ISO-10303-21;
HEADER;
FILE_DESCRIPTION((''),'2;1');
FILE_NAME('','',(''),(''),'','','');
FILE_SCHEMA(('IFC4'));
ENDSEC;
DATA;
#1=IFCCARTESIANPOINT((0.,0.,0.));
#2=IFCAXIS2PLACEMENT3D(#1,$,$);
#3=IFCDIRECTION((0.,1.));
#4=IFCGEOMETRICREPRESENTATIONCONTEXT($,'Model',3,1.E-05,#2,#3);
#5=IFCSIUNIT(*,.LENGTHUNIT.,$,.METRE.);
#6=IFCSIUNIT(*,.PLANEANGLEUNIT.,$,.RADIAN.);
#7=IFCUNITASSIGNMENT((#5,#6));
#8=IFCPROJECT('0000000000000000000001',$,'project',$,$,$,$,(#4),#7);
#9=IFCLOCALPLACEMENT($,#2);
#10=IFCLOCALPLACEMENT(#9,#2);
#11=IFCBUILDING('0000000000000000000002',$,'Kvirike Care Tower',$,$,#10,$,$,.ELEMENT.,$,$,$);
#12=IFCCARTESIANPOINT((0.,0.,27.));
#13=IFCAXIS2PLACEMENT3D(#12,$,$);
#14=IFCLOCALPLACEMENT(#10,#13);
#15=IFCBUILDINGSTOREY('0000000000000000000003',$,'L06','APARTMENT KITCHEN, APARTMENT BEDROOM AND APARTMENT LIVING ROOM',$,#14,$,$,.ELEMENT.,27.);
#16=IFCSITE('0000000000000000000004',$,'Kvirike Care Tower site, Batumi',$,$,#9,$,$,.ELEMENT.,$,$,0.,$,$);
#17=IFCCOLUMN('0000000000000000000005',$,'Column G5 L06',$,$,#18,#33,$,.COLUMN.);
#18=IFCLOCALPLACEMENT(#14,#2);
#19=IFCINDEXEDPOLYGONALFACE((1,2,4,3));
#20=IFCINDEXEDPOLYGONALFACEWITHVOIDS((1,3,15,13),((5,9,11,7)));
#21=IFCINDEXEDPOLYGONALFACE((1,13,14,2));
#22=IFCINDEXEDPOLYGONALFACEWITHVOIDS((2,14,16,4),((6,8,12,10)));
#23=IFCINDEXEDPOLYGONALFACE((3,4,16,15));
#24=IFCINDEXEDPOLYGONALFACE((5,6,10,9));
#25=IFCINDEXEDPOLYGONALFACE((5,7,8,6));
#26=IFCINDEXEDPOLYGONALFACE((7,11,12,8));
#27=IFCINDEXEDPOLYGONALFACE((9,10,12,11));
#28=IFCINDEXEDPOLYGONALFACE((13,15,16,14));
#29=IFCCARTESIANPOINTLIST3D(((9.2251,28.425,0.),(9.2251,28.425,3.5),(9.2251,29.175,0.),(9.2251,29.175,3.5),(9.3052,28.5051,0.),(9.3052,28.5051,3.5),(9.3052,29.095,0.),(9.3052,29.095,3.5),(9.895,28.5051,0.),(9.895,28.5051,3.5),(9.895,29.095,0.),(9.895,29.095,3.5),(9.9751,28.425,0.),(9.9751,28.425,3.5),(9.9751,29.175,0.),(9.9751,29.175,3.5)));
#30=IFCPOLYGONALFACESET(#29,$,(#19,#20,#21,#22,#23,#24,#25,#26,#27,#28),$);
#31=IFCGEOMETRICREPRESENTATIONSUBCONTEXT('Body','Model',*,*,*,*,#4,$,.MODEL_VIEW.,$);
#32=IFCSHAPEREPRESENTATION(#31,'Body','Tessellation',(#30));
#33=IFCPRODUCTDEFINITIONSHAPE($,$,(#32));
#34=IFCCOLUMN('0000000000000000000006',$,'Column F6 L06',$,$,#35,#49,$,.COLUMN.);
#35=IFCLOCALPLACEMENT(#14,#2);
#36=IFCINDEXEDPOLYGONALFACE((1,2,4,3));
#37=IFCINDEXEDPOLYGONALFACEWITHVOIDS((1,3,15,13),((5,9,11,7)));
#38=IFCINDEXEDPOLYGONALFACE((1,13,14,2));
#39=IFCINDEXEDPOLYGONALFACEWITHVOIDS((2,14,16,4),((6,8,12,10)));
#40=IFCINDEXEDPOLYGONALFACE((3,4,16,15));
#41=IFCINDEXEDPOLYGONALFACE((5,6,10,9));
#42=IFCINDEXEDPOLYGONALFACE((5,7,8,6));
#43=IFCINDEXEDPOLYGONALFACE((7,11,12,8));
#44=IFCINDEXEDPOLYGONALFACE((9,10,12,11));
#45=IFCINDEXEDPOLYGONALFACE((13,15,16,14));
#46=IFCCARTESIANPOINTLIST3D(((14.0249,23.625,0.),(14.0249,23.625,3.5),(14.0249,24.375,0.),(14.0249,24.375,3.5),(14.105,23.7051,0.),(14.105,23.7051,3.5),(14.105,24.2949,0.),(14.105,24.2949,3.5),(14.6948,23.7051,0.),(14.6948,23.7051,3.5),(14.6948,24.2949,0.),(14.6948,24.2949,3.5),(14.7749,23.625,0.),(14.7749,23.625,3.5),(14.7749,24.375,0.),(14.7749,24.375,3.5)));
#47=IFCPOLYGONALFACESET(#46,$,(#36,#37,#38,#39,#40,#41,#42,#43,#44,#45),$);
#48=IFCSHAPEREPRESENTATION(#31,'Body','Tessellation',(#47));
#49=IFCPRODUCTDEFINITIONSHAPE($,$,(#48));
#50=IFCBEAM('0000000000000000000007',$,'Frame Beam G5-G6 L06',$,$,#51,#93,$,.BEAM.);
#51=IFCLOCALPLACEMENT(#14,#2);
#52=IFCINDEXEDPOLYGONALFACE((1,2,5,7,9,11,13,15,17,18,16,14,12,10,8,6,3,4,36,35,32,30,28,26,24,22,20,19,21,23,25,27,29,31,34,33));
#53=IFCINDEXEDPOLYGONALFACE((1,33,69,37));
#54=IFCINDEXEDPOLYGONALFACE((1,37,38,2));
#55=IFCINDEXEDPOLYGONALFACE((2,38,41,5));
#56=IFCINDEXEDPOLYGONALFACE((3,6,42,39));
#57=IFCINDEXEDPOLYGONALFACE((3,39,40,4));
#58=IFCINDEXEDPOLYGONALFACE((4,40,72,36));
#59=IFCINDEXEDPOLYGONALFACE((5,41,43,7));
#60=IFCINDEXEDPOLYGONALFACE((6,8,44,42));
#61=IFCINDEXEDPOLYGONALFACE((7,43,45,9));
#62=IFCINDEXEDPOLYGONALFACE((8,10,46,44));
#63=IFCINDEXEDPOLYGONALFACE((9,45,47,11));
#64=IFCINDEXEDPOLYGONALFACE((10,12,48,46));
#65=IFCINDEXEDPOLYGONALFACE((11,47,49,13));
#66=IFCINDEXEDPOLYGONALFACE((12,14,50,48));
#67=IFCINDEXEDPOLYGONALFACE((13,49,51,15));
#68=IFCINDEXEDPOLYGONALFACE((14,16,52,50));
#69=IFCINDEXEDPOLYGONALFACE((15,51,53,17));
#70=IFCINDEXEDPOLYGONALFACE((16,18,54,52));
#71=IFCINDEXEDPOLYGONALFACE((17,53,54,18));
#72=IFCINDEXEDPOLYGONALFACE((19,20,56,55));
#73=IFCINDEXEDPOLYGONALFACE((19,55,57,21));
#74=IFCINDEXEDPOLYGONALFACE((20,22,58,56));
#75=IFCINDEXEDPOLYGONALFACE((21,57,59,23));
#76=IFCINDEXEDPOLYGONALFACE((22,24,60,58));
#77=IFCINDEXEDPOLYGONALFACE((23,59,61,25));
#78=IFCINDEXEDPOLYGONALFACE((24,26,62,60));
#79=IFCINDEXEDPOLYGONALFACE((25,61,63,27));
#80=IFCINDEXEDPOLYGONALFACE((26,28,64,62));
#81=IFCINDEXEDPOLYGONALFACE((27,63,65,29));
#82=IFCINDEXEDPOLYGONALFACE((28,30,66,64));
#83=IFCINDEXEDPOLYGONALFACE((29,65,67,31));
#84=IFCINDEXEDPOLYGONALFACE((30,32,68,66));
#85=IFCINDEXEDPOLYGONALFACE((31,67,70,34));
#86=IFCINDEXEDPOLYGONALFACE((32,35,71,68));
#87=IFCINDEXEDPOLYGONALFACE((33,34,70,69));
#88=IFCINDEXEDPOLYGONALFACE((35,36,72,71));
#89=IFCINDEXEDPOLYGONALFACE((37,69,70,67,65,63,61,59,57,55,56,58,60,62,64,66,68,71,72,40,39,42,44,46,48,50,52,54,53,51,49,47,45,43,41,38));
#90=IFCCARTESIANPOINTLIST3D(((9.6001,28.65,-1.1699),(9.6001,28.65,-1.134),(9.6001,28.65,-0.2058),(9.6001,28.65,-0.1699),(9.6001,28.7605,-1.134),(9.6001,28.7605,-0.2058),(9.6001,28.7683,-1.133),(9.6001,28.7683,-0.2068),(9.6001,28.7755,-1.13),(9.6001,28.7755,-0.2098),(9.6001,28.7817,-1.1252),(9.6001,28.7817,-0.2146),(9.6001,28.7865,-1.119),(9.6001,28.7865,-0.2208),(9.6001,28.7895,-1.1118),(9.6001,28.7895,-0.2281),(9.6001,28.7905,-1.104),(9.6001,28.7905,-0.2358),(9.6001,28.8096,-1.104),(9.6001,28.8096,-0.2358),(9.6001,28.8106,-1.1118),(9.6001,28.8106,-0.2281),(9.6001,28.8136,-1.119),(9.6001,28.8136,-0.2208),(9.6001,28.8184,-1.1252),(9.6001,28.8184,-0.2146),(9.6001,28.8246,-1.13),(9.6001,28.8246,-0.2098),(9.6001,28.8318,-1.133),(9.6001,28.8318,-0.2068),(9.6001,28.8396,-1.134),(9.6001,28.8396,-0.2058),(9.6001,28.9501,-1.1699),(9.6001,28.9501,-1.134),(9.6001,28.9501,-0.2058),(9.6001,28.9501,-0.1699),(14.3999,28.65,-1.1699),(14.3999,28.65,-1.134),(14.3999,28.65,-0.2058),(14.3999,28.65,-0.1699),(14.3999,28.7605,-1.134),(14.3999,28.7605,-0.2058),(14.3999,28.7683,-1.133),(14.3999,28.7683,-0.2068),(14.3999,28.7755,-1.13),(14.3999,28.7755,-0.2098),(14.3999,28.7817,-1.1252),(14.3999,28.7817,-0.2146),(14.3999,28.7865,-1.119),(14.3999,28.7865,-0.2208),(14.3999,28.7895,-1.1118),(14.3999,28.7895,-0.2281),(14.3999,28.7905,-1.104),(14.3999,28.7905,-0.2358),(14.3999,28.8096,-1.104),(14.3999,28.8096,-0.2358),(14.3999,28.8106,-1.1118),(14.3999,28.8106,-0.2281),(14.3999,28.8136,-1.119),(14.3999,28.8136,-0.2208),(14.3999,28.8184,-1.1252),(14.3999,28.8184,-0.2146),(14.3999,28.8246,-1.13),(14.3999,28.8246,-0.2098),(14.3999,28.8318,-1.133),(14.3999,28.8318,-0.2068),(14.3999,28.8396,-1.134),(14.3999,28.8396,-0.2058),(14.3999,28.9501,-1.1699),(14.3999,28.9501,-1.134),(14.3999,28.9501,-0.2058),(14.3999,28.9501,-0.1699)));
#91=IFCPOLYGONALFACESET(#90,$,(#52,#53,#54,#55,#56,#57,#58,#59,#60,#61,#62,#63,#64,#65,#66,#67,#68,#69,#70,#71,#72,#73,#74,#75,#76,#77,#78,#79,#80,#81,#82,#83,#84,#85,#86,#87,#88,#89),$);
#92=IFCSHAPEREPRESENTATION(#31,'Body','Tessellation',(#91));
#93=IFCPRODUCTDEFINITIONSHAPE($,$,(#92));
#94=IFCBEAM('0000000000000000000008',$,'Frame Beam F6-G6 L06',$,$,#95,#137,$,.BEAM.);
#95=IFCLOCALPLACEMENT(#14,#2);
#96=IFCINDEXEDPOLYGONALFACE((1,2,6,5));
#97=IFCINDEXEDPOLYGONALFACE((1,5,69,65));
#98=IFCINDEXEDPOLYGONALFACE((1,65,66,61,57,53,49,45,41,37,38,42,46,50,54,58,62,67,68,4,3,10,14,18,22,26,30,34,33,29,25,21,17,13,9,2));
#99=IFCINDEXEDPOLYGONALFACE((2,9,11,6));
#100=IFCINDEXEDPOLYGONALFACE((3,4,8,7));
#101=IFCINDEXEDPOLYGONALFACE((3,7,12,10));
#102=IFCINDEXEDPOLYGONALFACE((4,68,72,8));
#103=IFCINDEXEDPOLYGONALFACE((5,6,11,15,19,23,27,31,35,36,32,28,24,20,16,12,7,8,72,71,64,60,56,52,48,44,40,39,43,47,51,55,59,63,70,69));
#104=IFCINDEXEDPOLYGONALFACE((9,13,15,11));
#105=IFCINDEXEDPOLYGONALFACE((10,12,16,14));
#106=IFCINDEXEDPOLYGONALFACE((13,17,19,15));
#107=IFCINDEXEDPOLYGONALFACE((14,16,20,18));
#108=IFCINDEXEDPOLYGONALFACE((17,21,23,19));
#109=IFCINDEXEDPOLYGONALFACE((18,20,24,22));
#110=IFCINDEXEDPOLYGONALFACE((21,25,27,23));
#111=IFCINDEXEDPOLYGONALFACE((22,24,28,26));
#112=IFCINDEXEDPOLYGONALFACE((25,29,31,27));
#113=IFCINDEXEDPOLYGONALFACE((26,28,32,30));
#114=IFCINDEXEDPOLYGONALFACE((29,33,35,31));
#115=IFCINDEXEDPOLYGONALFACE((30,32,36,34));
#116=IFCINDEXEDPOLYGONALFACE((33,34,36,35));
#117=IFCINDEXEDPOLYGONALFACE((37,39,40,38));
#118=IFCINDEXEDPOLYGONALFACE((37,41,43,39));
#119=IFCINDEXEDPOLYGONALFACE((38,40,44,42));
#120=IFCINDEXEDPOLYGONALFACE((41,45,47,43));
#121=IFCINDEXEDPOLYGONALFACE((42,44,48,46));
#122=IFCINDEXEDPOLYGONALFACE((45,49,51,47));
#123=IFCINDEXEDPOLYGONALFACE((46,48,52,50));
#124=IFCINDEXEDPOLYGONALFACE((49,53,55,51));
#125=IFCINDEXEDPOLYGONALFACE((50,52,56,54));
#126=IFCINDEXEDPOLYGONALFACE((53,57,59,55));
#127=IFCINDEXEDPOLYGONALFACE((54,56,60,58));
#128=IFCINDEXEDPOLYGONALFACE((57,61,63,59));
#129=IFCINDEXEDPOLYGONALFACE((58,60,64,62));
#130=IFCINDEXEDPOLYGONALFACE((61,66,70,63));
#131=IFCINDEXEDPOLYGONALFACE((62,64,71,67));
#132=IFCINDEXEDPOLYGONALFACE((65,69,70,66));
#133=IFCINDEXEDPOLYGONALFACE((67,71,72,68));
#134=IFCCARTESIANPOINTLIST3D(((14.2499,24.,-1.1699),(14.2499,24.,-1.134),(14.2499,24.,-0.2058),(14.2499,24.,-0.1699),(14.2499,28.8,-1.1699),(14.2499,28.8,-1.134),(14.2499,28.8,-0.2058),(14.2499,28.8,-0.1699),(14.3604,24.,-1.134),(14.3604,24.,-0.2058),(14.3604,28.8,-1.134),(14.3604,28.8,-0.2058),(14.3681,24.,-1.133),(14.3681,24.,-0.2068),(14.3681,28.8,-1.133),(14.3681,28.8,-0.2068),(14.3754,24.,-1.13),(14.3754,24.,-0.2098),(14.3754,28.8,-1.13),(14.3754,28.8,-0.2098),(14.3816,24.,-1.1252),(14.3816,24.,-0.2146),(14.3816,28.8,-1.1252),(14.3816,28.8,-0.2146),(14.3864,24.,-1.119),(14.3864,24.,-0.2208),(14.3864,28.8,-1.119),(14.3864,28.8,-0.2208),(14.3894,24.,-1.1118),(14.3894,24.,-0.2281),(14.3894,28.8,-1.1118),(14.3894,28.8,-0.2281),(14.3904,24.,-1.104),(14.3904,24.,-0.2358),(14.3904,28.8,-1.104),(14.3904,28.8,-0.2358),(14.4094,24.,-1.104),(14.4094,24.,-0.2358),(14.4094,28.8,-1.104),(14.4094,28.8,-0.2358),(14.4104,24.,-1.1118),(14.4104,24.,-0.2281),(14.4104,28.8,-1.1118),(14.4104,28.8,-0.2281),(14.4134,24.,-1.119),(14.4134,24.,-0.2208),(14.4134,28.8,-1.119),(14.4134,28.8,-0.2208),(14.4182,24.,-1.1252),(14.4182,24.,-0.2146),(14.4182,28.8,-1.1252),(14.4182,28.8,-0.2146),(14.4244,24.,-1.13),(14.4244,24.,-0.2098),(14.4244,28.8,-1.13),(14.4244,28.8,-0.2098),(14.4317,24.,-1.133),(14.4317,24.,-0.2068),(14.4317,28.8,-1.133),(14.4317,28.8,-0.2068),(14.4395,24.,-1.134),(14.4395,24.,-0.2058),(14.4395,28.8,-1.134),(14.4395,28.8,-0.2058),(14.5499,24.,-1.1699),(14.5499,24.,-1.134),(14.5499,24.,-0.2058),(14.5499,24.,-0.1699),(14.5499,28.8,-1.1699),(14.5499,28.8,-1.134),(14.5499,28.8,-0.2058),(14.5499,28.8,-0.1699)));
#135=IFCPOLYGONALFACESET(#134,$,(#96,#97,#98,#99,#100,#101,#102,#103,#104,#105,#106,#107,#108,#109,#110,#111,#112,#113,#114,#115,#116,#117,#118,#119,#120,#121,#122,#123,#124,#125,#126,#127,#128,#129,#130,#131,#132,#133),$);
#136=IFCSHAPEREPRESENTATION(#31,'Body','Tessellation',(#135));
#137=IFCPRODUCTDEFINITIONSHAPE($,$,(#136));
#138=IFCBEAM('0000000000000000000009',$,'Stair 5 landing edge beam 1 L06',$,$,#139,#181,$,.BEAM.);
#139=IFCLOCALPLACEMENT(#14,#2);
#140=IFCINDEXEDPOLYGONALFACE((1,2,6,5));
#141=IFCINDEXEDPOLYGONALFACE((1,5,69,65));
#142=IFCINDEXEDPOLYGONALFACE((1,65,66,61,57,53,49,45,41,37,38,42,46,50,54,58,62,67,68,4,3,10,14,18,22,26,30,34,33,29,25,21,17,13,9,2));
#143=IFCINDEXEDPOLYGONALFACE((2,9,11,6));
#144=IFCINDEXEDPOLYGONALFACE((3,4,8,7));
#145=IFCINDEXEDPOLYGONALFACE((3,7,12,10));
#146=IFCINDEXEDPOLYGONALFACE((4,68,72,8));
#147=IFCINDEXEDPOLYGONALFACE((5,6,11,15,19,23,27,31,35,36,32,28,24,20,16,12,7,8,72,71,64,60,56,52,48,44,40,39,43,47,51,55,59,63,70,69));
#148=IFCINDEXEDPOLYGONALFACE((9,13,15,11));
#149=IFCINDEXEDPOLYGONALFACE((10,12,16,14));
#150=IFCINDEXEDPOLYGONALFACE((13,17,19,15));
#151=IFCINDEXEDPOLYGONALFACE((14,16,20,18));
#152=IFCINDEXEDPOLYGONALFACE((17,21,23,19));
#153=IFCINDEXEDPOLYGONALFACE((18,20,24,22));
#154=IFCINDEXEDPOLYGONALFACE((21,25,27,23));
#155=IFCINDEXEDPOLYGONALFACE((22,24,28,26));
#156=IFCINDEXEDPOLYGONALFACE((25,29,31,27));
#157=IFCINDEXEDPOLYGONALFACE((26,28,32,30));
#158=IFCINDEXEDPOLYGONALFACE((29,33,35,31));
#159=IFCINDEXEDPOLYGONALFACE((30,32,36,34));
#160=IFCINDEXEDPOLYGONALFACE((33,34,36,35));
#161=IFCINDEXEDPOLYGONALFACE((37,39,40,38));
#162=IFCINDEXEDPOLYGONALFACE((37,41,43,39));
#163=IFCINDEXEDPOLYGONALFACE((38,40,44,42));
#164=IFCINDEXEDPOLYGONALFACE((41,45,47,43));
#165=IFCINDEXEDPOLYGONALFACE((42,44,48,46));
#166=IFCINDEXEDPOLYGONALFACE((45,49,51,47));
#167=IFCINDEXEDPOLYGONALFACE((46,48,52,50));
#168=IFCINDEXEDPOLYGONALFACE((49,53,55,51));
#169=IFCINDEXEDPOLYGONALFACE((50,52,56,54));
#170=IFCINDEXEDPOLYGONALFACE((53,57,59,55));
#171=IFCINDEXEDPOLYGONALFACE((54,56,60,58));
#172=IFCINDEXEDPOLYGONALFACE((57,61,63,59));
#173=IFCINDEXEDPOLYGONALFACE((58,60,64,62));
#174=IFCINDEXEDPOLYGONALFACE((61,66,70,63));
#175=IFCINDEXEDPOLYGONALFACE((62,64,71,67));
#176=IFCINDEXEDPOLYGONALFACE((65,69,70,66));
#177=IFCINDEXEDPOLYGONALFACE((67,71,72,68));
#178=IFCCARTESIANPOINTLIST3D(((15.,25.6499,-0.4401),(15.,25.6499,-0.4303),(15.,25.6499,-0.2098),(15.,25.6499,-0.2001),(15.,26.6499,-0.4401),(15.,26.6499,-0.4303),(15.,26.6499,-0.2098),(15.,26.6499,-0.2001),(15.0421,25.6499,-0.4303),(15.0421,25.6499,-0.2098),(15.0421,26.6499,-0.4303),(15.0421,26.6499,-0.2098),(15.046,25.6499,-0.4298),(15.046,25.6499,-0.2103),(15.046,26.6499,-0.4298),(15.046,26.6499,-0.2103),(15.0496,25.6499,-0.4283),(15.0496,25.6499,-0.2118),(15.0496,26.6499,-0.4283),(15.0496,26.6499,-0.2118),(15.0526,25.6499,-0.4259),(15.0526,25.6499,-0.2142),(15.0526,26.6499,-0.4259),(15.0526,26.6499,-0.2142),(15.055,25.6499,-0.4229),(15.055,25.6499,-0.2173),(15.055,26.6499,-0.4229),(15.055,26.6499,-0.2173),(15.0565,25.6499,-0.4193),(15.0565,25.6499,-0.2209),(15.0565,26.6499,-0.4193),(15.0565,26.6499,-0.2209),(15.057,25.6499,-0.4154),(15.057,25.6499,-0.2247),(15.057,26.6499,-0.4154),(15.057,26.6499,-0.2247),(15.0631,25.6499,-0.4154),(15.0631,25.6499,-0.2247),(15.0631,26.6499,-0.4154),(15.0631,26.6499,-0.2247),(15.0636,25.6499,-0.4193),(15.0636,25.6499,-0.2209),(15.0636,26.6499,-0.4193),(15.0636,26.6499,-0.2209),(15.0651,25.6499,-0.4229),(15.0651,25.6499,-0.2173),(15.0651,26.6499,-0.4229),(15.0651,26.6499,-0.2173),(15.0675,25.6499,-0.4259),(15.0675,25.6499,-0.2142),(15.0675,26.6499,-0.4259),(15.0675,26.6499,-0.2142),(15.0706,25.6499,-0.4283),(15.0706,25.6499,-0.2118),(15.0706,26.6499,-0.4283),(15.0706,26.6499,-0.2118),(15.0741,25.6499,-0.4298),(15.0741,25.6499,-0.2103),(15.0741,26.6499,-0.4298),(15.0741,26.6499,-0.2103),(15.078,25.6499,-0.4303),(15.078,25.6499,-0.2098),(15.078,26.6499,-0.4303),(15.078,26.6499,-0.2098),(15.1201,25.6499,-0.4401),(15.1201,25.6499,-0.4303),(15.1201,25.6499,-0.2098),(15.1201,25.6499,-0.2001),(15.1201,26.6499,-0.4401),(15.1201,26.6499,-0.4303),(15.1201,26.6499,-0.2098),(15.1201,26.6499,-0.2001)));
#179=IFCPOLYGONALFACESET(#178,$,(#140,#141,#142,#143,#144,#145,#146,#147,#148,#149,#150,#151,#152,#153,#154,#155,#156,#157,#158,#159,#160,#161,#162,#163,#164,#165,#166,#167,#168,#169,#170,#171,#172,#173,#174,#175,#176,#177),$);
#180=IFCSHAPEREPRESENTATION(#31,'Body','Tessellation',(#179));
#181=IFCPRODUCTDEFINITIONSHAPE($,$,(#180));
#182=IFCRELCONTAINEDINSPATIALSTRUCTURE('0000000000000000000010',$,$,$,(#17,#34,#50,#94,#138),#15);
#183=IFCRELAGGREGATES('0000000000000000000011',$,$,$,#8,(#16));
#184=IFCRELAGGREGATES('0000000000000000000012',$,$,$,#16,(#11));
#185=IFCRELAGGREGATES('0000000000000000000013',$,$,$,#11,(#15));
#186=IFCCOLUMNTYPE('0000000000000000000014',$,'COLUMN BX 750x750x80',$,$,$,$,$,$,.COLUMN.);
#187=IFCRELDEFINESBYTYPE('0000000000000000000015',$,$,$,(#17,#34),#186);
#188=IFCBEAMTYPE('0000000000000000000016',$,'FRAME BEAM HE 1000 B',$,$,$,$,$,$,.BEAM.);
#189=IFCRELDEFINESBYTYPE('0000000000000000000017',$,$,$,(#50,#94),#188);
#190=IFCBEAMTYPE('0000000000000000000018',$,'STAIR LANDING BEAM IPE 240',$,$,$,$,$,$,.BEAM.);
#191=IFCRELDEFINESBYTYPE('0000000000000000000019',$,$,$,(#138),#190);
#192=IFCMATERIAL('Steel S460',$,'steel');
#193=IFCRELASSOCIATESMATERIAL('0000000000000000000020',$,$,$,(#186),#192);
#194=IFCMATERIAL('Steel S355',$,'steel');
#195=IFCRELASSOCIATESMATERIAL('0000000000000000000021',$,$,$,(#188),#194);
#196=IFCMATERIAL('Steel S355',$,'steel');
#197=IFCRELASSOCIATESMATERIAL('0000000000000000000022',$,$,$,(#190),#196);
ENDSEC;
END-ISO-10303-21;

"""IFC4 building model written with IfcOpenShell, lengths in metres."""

from ifc_helpers import new_model, si_unit, direction, frame, origin, origin_2d, place, context, subcontext, project, spatial, hollow_rectangle, i_section, extrude, material, material_profile, profile_set, type_object, element, save


model = new_model("IFC4")

# Units and contexts
model_context = context("Model", 3, precision=1e-05, world=origin(), true_north=direction((0.0, 1.0)))
body_context = subcontext(model_context, "Body", "Model", "MODEL_VIEW")
ifc_project = project(units=[si_unit("LENGTHUNIT", "METRE"), si_unit("PLANEANGLEUNIT", "RADIAN")], contexts=[model_context])

# Site, building, storey
site_placement = place(None, origin())
site = spatial("IfcSite", under=ifc_project, at=site_placement, Name="Kvirike Care Tower site, Batumi", CompositionType="ELEMENT", RefElevation=0.0)
building_placement = place(site_placement, origin())
building = spatial("IfcBuilding", under=site, at=building_placement, Name="Kvirike Care Tower", CompositionType="ELEMENT")
storey_placement = place(building_placement, frame((0.0, 0.0, 27.0)))
storey = spatial("IfcBuildingStorey", under=building, at=storey_placement, Name="L06", Description="APARTMENT KITCHEN, APARTMENT BEDROOM AND APARTMENT LIVING ROOM", CompositionType="ELEMENT", Elevation=27.0)

# Columns
ifc_material_1 = material(Name="Steel S460", Category="steel")
ifc_material_profile_1 = material_profile(ifc_material_1, hollow_rectangle(XDim=0.75, YDim=0.75, WallThickness=0.0801, at=origin_2d()), Name="BX 750x750x80")
ifc_profile_set_1 = profile_set([ifc_material_profile_1], Name="Steel S460")
column_type = type_object("IfcColumnType", Name="COLUMN BX 750x750x80", PredefinedType="COLUMN", material=ifc_profile_set_1)
for number, where, z_axis, x_axis, name in (
    (1, (9.6001, 28.8, 0.0), (0.0, 0.0, 1.0), (0.0, 1.0, 0.0), "Column G5 L06"),
    (2, (14.3999, 24.0, 0.0), (0.0, 0.0, 1.0), (1.0, 0.0, 0.0), "Column F6 L06"),
):
    element("IfcColumn", number, at=place(storey_placement, frame(where, z_axis=z_axis, x_axis=x_axis)), inside=storey, type_object=column_type, Name=name, PredefinedType="COLUMN", context=body_context, shape_type="SweptSolid", body=[
        extrude(hollow_rectangle(XDim=0.75, YDim=0.75, WallThickness=0.0801, at=origin_2d()), origin(), (0.0, 0.0, 1.0), 3.5),
    ])

# Beams
ifc_material_2 = material(Name="Steel S355", Category="steel")
ifc_material_profile_2 = material_profile(ifc_material_2, i_section(OverallWidth=0.3, OverallDepth=1.0, WebThickness=0.019, FlangeThickness=0.0359, FilletRadius=0.03, at=origin_2d()), Name="HE 1000 B")
ifc_profile_set_2 = profile_set([ifc_material_profile_2], Name="Steel S355")
beam_type_1 = type_object("IfcBeamType", Name="FRAME BEAM HE 1000 B", PredefinedType="BEAM", material=ifc_profile_set_2)
beam_1_placement = place(storey_placement, frame((9.6001, 28.8, -0.6699), z_axis=(1.0, 0.0, 0.0), x_axis=(0.0, 1.0, 0.0)))
element("IfcBeam", 3, at=beam_1_placement, inside=storey, type_object=beam_type_1, Name="Frame Beam G5-G6 L06", PredefinedType="BEAM", context=body_context, shape_type="SweptSolid", body=[
    extrude(i_section(OverallWidth=0.3, OverallDepth=1.0, WebThickness=0.019, FlangeThickness=0.0359, FilletRadius=0.03, at=origin_2d()), origin(), (0.0, 0.0, 1.0), 4.7998),
])
beam_2_placement = place(storey_placement, frame((14.3999, 24.0, -0.6699), z_axis=(0.0, 1.0, 0.0), x_axis=(-1.0, 0.0, 0.0)))
element("IfcBeam", 4, at=beam_2_placement, inside=storey, type_object=beam_type_1, Name="Frame Beam F6-G6 L06", PredefinedType="BEAM", context=body_context, shape_type="SweptSolid", body=[
    extrude(i_section(OverallWidth=0.3, OverallDepth=1.0, WebThickness=0.019, FlangeThickness=0.0359, FilletRadius=0.03, at=origin_2d()), origin(), (0.0, 0.0, 1.0), 4.8),
])
ifc_material_3 = material(Name="Steel S355", Category="steel")
ifc_material_profile_3 = material_profile(ifc_material_3, i_section(OverallWidth=0.1201, OverallDepth=0.24, WebThickness=0.0061, FlangeThickness=0.0098, FilletRadius=0.0149, at=origin_2d()), Name="IPE 240")
ifc_profile_set_3 = profile_set([ifc_material_profile_3], Name="Steel S355")
beam_type_2 = type_object("IfcBeamType", Name="STAIR LANDING BEAM IPE 240", PredefinedType="BEAM", material=ifc_profile_set_3)
for number, where, z_axis, x_axis, name in (
    (5, (15.0601, 25.6499, -0.3201), (0.0, 1.0, 0.0), (-1.0, 0.0, 0.0), "Stair 5 landing edge beam 1 L06"),
):
    element("IfcBeam", number, at=place(storey_placement, frame(where, z_axis=z_axis, x_axis=x_axis)), inside=storey, type_object=beam_type_2, Name=name, PredefinedType="BEAM", context=body_context, shape_type="SweptSolid", body=[
        extrude(i_section(OverallWidth=0.1201, OverallDepth=0.24, WebThickness=0.0061, FlangeThickness=0.0098, FilletRadius=0.0149, at=origin_2d()), origin(), (0.0, 0.0, 1.0), 1.0),
    ])

save(model, "model.ifc")
